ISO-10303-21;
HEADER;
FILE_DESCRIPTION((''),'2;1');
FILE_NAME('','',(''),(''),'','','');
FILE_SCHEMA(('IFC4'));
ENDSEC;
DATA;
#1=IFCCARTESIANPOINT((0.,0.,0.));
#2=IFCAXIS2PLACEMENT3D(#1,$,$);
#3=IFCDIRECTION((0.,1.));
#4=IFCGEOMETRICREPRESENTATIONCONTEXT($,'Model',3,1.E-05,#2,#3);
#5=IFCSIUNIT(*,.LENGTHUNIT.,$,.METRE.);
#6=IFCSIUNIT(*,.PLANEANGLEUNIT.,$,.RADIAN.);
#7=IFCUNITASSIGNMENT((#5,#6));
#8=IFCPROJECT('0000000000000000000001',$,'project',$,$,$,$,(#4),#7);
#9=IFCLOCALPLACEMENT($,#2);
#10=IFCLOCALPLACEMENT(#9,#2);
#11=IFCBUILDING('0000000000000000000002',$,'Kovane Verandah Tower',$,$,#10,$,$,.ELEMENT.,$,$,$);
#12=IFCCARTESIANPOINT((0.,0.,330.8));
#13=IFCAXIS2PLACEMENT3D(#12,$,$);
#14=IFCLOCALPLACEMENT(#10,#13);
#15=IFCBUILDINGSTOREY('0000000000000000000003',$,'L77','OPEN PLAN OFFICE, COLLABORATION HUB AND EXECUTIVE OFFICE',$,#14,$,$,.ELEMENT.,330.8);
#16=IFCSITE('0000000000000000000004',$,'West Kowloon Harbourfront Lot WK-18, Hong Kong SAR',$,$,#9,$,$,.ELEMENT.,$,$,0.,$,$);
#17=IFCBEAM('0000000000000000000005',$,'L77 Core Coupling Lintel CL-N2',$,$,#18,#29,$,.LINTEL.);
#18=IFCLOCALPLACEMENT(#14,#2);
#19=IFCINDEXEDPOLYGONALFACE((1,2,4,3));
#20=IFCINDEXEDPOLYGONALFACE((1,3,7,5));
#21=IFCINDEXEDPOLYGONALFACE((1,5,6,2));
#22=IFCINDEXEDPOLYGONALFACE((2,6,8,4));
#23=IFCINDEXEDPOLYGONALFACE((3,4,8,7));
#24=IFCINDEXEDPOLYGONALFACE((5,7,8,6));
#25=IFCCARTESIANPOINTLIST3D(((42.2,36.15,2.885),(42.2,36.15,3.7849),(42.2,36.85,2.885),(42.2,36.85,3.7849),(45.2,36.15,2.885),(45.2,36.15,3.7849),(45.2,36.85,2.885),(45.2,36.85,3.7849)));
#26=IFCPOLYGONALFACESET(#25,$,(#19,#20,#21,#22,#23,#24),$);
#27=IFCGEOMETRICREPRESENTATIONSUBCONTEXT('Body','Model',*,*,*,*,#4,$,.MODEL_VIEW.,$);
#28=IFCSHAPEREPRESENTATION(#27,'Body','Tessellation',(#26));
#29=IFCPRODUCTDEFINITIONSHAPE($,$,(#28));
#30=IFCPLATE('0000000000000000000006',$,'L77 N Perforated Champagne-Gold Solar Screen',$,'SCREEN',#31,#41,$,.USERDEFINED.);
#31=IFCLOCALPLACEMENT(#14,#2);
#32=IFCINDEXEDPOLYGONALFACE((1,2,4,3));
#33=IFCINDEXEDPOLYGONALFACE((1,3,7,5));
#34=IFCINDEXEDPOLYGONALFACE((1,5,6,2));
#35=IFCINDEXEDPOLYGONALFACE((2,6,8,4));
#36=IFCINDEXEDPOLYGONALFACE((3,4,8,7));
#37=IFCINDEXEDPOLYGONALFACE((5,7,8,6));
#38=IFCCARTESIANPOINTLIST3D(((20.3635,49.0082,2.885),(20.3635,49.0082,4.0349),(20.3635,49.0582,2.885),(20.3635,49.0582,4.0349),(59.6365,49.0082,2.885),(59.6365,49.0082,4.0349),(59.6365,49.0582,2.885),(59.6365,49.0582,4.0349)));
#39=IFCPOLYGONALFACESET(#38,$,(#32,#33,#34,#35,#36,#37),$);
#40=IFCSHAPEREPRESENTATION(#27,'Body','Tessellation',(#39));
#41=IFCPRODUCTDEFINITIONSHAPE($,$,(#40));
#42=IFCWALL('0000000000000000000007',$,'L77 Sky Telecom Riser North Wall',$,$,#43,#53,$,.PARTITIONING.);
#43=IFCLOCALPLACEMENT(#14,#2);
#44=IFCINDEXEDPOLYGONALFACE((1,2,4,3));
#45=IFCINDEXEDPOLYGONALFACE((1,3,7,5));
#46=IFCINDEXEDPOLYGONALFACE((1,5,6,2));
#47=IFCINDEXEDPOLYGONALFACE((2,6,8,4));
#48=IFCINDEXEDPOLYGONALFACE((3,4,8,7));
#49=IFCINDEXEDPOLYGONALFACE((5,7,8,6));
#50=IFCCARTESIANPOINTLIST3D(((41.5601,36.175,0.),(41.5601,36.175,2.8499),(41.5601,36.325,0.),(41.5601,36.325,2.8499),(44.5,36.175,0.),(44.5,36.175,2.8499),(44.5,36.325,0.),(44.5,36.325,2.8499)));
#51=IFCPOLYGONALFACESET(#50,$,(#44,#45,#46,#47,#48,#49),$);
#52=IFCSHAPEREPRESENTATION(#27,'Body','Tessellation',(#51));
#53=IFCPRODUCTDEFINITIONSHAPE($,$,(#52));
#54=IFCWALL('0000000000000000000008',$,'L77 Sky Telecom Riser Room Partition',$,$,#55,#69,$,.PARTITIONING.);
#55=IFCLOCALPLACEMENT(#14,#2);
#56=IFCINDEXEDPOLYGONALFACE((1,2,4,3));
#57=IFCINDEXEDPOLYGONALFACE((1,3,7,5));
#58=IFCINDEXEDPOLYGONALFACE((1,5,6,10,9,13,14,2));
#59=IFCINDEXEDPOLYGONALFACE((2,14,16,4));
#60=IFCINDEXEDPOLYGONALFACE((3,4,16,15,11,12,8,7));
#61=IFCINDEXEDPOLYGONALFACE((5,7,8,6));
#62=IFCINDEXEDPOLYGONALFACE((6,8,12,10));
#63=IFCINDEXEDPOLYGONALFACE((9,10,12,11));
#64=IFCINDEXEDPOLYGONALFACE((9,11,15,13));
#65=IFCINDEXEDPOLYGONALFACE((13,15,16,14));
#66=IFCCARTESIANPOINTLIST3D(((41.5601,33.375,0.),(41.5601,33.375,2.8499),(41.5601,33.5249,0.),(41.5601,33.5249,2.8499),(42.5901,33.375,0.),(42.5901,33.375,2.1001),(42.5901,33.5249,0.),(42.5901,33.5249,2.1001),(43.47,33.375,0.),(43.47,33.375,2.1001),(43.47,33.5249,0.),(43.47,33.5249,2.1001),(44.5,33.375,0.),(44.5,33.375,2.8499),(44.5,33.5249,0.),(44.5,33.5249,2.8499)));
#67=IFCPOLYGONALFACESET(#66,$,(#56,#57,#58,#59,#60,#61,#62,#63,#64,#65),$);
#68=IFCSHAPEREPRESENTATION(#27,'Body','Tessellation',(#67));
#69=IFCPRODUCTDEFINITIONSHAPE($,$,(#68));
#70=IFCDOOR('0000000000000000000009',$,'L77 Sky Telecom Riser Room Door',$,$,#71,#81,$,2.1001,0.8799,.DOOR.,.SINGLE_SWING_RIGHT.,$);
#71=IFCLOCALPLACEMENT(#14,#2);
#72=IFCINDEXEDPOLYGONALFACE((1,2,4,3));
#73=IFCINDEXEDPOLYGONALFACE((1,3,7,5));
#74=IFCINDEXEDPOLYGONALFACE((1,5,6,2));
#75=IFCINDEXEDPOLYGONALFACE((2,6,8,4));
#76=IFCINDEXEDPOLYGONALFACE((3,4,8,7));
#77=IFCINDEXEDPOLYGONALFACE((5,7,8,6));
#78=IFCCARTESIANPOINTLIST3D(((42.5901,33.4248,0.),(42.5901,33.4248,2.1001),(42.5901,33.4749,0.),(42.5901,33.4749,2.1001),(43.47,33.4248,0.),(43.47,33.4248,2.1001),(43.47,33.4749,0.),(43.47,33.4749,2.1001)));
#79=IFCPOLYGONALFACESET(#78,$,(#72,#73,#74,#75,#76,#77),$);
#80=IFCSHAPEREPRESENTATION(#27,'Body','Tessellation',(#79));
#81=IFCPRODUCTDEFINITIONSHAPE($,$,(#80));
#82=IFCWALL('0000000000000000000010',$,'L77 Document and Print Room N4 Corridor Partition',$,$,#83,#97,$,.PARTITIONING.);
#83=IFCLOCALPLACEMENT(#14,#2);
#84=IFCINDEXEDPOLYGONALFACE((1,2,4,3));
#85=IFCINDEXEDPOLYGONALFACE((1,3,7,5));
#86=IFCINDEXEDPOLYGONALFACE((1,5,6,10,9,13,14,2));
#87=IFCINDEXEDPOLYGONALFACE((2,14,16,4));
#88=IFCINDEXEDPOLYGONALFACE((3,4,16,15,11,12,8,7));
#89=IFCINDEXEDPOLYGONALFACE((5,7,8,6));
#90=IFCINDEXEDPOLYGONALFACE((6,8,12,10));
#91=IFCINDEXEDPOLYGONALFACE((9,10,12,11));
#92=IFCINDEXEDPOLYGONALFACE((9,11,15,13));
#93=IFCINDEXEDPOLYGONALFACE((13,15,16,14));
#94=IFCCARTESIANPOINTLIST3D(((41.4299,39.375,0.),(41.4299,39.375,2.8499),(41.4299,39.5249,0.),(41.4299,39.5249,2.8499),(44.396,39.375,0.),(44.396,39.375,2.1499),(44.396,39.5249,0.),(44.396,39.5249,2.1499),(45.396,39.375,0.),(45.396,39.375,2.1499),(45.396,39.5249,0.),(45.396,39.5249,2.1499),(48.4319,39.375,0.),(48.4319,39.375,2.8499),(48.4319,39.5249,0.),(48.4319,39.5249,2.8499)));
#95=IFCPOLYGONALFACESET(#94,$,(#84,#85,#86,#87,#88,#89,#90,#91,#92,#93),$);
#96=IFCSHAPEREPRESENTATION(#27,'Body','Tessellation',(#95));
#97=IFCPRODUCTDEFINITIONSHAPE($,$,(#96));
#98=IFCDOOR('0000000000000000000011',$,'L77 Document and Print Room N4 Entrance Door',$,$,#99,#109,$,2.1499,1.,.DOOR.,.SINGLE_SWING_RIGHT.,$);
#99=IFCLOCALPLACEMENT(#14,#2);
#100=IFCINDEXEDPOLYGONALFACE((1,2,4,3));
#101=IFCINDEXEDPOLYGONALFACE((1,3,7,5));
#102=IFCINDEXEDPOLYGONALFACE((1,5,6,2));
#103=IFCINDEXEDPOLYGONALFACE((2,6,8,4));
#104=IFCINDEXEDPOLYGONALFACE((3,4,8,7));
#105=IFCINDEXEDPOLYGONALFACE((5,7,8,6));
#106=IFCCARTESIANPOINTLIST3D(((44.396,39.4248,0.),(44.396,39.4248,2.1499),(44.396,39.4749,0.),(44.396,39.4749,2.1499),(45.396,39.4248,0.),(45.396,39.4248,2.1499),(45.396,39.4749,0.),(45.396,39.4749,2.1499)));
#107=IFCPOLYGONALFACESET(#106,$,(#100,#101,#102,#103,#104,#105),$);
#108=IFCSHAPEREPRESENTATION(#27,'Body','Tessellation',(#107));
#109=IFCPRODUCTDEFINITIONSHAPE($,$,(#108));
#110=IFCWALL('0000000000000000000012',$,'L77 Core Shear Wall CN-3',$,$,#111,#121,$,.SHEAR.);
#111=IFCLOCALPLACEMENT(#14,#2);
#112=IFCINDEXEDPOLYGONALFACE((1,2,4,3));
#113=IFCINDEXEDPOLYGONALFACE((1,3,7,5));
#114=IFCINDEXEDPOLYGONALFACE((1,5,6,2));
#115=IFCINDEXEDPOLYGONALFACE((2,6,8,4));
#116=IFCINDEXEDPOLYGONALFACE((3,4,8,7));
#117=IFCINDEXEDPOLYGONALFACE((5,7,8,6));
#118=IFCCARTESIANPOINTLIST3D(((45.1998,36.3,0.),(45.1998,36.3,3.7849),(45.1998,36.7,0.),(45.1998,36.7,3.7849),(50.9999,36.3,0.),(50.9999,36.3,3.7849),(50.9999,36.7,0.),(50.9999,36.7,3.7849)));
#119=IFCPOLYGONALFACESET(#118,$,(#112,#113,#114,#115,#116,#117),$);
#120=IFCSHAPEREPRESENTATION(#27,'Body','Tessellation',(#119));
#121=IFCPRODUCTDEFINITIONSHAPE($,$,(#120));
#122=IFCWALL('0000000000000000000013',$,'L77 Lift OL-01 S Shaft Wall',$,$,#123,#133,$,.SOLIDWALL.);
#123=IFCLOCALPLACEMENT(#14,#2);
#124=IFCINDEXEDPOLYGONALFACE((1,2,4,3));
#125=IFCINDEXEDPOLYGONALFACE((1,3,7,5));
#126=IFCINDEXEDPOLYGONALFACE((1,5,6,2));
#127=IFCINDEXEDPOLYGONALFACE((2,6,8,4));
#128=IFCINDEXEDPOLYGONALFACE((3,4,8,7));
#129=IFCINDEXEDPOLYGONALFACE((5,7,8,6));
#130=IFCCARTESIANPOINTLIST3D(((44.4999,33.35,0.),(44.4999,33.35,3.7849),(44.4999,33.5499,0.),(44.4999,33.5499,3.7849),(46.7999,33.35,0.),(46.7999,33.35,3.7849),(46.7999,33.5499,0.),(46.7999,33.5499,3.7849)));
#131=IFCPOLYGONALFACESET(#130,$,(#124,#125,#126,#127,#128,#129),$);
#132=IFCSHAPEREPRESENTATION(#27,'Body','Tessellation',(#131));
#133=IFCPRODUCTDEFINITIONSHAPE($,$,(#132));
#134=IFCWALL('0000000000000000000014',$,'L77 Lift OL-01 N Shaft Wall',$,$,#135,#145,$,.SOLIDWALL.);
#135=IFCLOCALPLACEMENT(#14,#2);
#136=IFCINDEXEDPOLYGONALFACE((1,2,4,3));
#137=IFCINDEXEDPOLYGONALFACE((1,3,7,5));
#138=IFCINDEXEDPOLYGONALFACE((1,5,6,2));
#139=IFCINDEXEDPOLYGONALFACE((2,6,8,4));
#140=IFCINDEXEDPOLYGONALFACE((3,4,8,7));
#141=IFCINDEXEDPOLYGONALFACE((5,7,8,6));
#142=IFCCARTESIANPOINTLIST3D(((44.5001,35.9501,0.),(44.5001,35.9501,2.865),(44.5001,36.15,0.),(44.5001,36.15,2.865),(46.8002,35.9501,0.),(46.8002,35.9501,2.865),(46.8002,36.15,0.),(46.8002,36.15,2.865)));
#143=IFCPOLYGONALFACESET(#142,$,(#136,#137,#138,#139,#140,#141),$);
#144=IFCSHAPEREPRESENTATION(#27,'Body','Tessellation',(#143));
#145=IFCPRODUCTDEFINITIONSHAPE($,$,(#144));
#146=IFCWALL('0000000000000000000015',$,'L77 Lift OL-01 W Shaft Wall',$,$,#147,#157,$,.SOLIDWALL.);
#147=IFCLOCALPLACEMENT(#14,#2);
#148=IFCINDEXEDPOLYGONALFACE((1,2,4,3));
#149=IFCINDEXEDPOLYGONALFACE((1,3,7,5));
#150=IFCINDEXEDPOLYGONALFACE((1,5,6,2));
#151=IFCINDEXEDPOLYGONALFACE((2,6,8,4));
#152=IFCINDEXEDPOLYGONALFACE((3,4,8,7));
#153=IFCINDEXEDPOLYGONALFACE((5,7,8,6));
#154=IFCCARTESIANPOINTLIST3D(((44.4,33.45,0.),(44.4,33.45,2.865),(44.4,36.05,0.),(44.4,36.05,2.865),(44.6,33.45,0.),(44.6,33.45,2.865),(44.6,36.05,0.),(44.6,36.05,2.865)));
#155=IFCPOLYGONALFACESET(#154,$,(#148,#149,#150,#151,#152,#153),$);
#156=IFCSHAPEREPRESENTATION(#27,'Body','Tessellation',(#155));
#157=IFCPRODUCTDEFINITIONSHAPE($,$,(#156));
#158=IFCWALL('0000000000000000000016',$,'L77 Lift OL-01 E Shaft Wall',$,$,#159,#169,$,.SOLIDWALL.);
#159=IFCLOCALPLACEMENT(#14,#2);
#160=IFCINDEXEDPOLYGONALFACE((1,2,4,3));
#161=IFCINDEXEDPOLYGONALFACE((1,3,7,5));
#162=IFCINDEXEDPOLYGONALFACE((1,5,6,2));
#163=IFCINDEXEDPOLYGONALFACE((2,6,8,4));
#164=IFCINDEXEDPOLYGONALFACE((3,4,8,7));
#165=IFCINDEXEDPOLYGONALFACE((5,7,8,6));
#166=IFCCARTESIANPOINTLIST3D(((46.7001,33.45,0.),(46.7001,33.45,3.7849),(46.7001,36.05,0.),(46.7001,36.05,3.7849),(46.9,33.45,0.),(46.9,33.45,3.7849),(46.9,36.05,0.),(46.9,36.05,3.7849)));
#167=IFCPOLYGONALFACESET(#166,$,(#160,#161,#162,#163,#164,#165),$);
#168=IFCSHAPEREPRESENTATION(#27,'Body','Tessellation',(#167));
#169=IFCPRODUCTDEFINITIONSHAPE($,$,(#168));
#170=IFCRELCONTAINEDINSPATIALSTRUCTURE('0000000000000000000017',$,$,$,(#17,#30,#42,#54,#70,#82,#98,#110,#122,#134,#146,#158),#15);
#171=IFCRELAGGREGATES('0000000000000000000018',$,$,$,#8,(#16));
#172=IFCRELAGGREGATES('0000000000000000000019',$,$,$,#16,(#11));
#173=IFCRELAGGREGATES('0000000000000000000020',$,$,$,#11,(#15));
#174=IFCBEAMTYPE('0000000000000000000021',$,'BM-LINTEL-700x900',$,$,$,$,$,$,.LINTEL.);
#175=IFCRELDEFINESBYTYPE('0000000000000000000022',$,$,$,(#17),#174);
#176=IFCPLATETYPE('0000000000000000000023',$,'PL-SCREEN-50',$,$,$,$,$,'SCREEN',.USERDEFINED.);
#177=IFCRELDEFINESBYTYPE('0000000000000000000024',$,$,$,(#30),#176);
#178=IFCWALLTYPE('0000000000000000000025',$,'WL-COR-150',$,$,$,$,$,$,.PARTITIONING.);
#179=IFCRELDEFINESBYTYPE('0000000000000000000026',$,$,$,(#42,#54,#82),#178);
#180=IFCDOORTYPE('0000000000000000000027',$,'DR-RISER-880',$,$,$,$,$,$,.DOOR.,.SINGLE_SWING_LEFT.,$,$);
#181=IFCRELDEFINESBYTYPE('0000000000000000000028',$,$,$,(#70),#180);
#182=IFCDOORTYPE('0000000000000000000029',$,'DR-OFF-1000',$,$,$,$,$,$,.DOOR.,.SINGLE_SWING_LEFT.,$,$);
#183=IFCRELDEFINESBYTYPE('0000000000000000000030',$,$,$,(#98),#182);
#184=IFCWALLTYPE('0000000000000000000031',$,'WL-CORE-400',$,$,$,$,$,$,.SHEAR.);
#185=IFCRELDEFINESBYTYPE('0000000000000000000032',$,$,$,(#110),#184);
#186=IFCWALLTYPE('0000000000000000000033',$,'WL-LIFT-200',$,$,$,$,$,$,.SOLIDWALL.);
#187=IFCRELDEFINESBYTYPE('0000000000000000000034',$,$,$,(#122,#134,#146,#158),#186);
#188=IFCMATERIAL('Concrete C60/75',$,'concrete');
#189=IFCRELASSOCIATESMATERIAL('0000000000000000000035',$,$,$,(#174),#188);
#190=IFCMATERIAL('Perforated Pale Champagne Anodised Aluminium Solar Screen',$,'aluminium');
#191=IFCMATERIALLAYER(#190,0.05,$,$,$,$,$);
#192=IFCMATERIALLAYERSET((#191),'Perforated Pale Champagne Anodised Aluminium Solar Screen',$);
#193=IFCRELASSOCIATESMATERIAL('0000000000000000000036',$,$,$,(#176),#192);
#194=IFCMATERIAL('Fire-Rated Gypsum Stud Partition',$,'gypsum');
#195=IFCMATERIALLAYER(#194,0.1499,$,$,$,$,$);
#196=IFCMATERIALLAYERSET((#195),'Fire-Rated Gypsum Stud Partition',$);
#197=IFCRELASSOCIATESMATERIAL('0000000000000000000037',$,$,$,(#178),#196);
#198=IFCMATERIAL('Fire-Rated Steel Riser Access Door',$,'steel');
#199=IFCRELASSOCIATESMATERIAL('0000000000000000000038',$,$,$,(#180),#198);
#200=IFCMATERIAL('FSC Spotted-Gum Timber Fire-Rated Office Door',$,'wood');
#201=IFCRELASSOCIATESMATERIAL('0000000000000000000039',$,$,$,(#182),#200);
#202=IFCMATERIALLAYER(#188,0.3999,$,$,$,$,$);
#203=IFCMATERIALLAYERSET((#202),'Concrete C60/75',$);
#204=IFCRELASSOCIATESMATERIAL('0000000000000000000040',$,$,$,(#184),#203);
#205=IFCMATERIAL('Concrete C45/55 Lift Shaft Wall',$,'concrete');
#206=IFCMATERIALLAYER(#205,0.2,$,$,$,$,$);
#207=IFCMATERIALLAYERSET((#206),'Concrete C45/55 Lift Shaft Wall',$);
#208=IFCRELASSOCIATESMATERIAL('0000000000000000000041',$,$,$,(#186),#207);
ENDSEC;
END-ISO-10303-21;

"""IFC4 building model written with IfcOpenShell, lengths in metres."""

from ifc_helpers import new_model, si_unit, direction, frame, frame_2d, origin, origin_2d, place, context, subcontext, project, spatial, rectangle, extrude, material, layer, layer_set, material_profile, profile_set, type_object, element, fill, save


model = new_model("IFC4")

# Units and contexts
model_context = context("Model", 3, precision=1e-05, world=origin(), true_north=direction((0.0, 1.0)))
body_context = subcontext(model_context, "Body", "Model", "MODEL_VIEW")
ifc_project = project(units=[si_unit("LENGTHUNIT", "METRE"), si_unit("PLANEANGLEUNIT", "RADIAN")], contexts=[model_context])

# Site, building, storey
site_placement = place(None, origin())
site = spatial("IfcSite", under=ifc_project, at=site_placement, Name="West Kowloon Harbourfront Lot WK-18, Hong Kong SAR", CompositionType="ELEMENT", RefElevation=0.0)
building_placement = place(site_placement, origin())
building = spatial("IfcBuilding", under=site, at=building_placement, Name="Kovane Verandah Tower", CompositionType="ELEMENT")
storey_placement = place(building_placement, frame((0.0, 0.0, 330.8)))
storey = spatial("IfcBuildingStorey", under=building, at=storey_placement, Name="L77", Description="OPEN PLAN OFFICE, COLLABORATION HUB AND EXECUTIVE OFFICE", CompositionType="ELEMENT", Elevation=330.8)

# Beam
ifc_material_1 = material(Name="Concrete C60/75", Category="concrete")
ifc_material_profile = material_profile(ifc_material_1, rectangle(XDim=0.7, YDim=0.8999, at=origin_2d()), Name="RCB700x900")
ifc_profile_set = profile_set([ifc_material_profile], Name="Concrete C60/75")
beam_type = type_object("IfcBeamType", Name="BM-LINTEL-700x900", PredefinedType="LINTEL", material=ifc_profile_set)
beam_placement = place(storey_placement, frame((42.2, 36.5, 3.335), z_axis=(1.0, 0.0, 0.0), x_axis=(0.0, 1.0, 0.0)))
element("IfcBeam", 1, at=beam_placement, inside=storey, type_object=beam_type, Name="L77 Core Coupling Lintel CL-N2", PredefinedType="LINTEL", context=body_context, shape_type="SweptSolid", body=[
    extrude(rectangle(XDim=0.7, YDim=0.8999, at=origin_2d()), origin(), (0.0, 0.0, 1.0), 3.0),
])

# Plate
ifc_material_2 = material(Name="Perforated Pale Champagne Anodised Aluminium Solar Screen", Category="aluminium")
ifc_layer_1 = layer(ifc_material_2, 0.05)
ifc_layer_set_1 = layer_set([ifc_layer_1], Name="Perforated Pale Champagne Anodised Aluminium Solar Screen")
plate_type = type_object("IfcPlateType", Name="PL-SCREEN-50", ElementType="SCREEN", PredefinedType="USERDEFINED", material=ifc_layer_set_1)
plate_placement = place(storey_placement, frame((40.0, 49.0332, 2.885), z_axis=(0.0, 0.0, 1.0), x_axis=(-1.0, 0.0, 0.0)))
element("IfcPlate", 2, at=plate_placement, inside=storey, type_object=plate_type, Name="L77 N Perforated Champagne-Gold Solar Screen", ObjectType="SCREEN", PredefinedType="USERDEFINED", context=body_context, shape_type="SweptSolid", body=[
    extrude(rectangle(XDim=39.2729, YDim=0.05, at=origin_2d()), origin(), (0.0, 0.0, 1.0), 1.1499),
])

# Wall
ifc_material_3 = material(Name="Fire-Rated Gypsum Stud Partition", Category="gypsum")
ifc_layer_2 = layer(ifc_material_3, 0.1499)
ifc_layer_set_2 = layer_set([ifc_layer_2], Name="Fire-Rated Gypsum Stud Partition")
wall_type_1 = type_object("IfcWallType", Name="WL-COR-150", PredefinedType="PARTITIONING", material=ifc_layer_set_2)
wall_1_placement = place(storey_placement, frame((41.5601, 36.25, 0.0), z_axis=(0.0, 0.0, 1.0), x_axis=(1.0, 0.0, 0.0)))
element("IfcWall", 3, at=wall_1_placement, inside=storey, type_object=wall_type_1, Name="L77 Sky Telecom Riser North Wall", PredefinedType="PARTITIONING", context=body_context, shape_type="SweptSolid", body=[
    extrude(rectangle(XDim=2.9399, YDim=0.1499, at=frame_2d((1.47, 0.0))), origin(), (0.0, 0.0, 1.0), 2.8499),
])

# Walls, openings, doors
wall_2_placement = place(storey_placement, frame((41.5601, 33.45, 0.0), z_axis=(0.0, 0.0, 1.0), x_axis=(1.0, 0.0, 0.0)))
wall_2 = element("IfcWall", 4, at=wall_2_placement, inside=storey, type_object=wall_type_1, Name="L77 Sky Telecom Riser Room Partition", PredefinedType="PARTITIONING", context=body_context, shape_type="SweptSolid", body=[
    extrude(rectangle(XDim=2.9399, YDim=0.1499, at=frame_2d((1.47, 0.0))), origin(), (0.0, 0.0, 1.0), 2.8499),
])
opening_1_placement = place(wall_2_placement, frame((1.03, 0.0, 0.0)))
opening_1 = element("IfcOpeningElement", 5, at=opening_1_placement, cuts=wall_2, PredefinedType="OPENING", context=body_context, shape_type="SweptSolid", body=[
    extrude(rectangle(XDim=0.8799, YDim=2.1001, at=frame_2d((0.4399, 1.05))), frame((0.0, 0.075, 0.0), z_axis=(0.0, -1.0, 0.0), x_axis=(1.0, 0.0, 0.0)), (0.0, 0.0, 1.0), 0.1499),
])
ifc_material_4 = material(Name="Fire-Rated Steel Riser Access Door", Category="steel")
door_type_1 = type_object("IfcDoorType", Name="DR-RISER-880", OperationType="SINGLE_SWING_LEFT", PredefinedType="DOOR", material=ifc_material_4)
door_1_placement = place(opening_1_placement, origin())
door_1 = element("IfcDoor", 6, at=door_1_placement, inside=storey, type_object=door_type_1, Name="L77 Sky Telecom Riser Room Door", OperationType="SINGLE_SWING_RIGHT", OverallHeight=2.1001, OverallWidth=0.8799, PredefinedType="DOOR", context=body_context, shape_type="SweptSolid", body=[
    extrude(rectangle(XDim=0.8799, YDim=2.1001, at=frame_2d((0.4399, 1.05))), frame((0.0, 0.0249, 0.0), z_axis=(0.0, -1.0, 0.0), x_axis=(1.0, 0.0, 0.0)), (0.0, 0.0, 1.0), 0.05),
])
fill(opening_1, door_1)
wall_3_placement = place(storey_placement, frame((41.4299, 39.45, 0.0), z_axis=(0.0, 0.0, 1.0), x_axis=(1.0, 0.0, 0.0)))
wall_3 = element("IfcWall", 7, at=wall_3_placement, inside=storey, type_object=wall_type_1, Name="L77 Document and Print Room N4 Corridor Partition", PredefinedType="PARTITIONING", context=body_context, shape_type="SweptSolid", body=[
    extrude(rectangle(XDim=7.002, YDim=0.1499, at=frame_2d((3.501, 0.0))), origin(), (0.0, 0.0, 1.0), 2.8499),
])
opening_2_placement = place(wall_3_placement, frame((2.9661, 0.0, 0.0)))
opening_2 = element("IfcOpeningElement", 8, at=opening_2_placement, cuts=wall_3, PredefinedType="OPENING", context=body_context, shape_type="SweptSolid", body=[
    extrude(rectangle(XDim=1.0, YDim=2.1499, at=frame_2d((0.5, 1.075))), frame((0.0, 0.075, 0.0), z_axis=(0.0, -1.0, 0.0), x_axis=(1.0, 0.0, 0.0)), (0.0, 0.0, 1.0), 0.1499),
])
ifc_material_5 = material(Name="FSC Spotted-Gum Timber Fire-Rated Office Door", Category="wood")
door_type_2 = type_object("IfcDoorType", Name="DR-OFF-1000", OperationType="SINGLE_SWING_LEFT", PredefinedType="DOOR", material=ifc_material_5)
door_2_placement = place(opening_2_placement, origin())
door_2 = element("IfcDoor", 9, at=door_2_placement, inside=storey, type_object=door_type_2, Name="L77 Document and Print Room N4 Entrance Door", OperationType="SINGLE_SWING_RIGHT", OverallHeight=2.1499, OverallWidth=1.0, PredefinedType="DOOR", context=body_context, shape_type="SweptSolid", body=[
    extrude(rectangle(XDim=1.0, YDim=2.1499, at=frame_2d((0.5, 1.075))), frame((0.0, 0.0249, 0.0), z_axis=(0.0, -1.0, 0.0), x_axis=(1.0, 0.0, 0.0)), (0.0, 0.0, 1.0), 0.05),
])
fill(opening_2, door_2)

# Walls
ifc_layer_3 = layer(ifc_material_1, 0.3999)
ifc_layer_set_3 = layer_set([ifc_layer_3], Name="Concrete C60/75")
wall_type_2 = type_object("IfcWallType", Name="WL-CORE-400", PredefinedType="SHEAR", material=ifc_layer_set_3)
wall_4_placement = place(storey_placement, frame((45.2, 36.5, 0.0), z_axis=(0.0, 0.0, 1.0), x_axis=(1.0, 0.0, 0.0)))
element("IfcWall", 10, at=wall_4_placement, inside=storey, type_object=wall_type_2, Name="L77 Core Shear Wall CN-3", PredefinedType="SHEAR", context=body_context, shape_type="SweptSolid", body=[
    extrude(rectangle(XDim=5.8, YDim=0.3999, at=frame_2d((2.8999, 0.0))), origin(), (0.0, 0.0, 1.0), 3.7849),
])
ifc_material_6 = material(Name="Concrete C45/55 Lift Shaft Wall", Category="concrete")
ifc_layer_4 = layer(ifc_material_6, 0.2)
ifc_layer_set_4 = layer_set([ifc_layer_4], Name="Concrete C45/55 Lift Shaft Wall")
wall_type_3 = type_object("IfcWallType", Name="WL-LIFT-200", PredefinedType="SOLIDWALL", material=ifc_layer_set_4)
wall_5_placement = place(storey_placement, frame((44.5, 33.45, 0.0), z_axis=(0.0, 0.0, 1.0), x_axis=(1.0, 0.0, 0.0)))
element("IfcWall", 11, at=wall_5_placement, inside=storey, type_object=wall_type_3, Name="L77 Lift OL-01 S Shaft Wall", PredefinedType="SOLIDWALL", context=body_context, shape_type="SweptSolid", body=[
    extrude(rectangle(XDim=2.3, YDim=0.2, at=frame_2d((1.1499, 0.0))), origin(), (0.0, 0.0, 1.0), 3.7849),
])
wall_6_placement = place(storey_placement, frame((46.8, 36.05, 0.0), z_axis=(0.0, 0.0, 1.0), x_axis=(-1.0, 0.0, 0.0)))
element("IfcWall", 12, at=wall_6_placement, inside=storey, type_object=wall_type_3, Name="L77 Lift OL-01 N Shaft Wall", PredefinedType="SOLIDWALL", context=body_context, shape_type="SweptSolid", body=[
    extrude(rectangle(XDim=2.3, YDim=0.2, at=frame_2d((1.1499, 0.0))), origin(), (0.0, 0.0, 1.0), 2.865),
])
wall_7_placement = place(storey_placement, frame((44.5, 36.05, 0.0), z_axis=(0.0, 0.0, 1.0), x_axis=(0.0, -1.0, 0.0)))
element("IfcWall", 13, at=wall_7_placement, inside=storey, type_object=wall_type_3, Name="L77 Lift OL-01 W Shaft Wall", PredefinedType="SOLIDWALL", context=body_context, shape_type="SweptSolid", body=[
    extrude(rectangle(XDim=2.6001, YDim=0.2, at=frame_2d((1.3, 0.0))), origin(), (0.0, 0.0, 1.0), 2.865),
])
wall_8_placement = place(storey_placement, frame((46.8, 33.45, 0.0), z_axis=(0.0, 0.0, 1.0), x_axis=(0.0, 1.0, 0.0)))
element("IfcWall", 14, at=wall_8_placement, inside=storey, type_object=wall_type_3, Name="L77 Lift OL-01 E Shaft Wall", PredefinedType="SOLIDWALL", context=body_context, shape_type="SweptSolid", body=[
    extrude(rectangle(XDim=2.6001, YDim=0.2, at=frame_2d((1.3, 0.0))), origin(), (0.0, 0.0, 1.0), 3.7849),
])

save(model, "model.ifc")
